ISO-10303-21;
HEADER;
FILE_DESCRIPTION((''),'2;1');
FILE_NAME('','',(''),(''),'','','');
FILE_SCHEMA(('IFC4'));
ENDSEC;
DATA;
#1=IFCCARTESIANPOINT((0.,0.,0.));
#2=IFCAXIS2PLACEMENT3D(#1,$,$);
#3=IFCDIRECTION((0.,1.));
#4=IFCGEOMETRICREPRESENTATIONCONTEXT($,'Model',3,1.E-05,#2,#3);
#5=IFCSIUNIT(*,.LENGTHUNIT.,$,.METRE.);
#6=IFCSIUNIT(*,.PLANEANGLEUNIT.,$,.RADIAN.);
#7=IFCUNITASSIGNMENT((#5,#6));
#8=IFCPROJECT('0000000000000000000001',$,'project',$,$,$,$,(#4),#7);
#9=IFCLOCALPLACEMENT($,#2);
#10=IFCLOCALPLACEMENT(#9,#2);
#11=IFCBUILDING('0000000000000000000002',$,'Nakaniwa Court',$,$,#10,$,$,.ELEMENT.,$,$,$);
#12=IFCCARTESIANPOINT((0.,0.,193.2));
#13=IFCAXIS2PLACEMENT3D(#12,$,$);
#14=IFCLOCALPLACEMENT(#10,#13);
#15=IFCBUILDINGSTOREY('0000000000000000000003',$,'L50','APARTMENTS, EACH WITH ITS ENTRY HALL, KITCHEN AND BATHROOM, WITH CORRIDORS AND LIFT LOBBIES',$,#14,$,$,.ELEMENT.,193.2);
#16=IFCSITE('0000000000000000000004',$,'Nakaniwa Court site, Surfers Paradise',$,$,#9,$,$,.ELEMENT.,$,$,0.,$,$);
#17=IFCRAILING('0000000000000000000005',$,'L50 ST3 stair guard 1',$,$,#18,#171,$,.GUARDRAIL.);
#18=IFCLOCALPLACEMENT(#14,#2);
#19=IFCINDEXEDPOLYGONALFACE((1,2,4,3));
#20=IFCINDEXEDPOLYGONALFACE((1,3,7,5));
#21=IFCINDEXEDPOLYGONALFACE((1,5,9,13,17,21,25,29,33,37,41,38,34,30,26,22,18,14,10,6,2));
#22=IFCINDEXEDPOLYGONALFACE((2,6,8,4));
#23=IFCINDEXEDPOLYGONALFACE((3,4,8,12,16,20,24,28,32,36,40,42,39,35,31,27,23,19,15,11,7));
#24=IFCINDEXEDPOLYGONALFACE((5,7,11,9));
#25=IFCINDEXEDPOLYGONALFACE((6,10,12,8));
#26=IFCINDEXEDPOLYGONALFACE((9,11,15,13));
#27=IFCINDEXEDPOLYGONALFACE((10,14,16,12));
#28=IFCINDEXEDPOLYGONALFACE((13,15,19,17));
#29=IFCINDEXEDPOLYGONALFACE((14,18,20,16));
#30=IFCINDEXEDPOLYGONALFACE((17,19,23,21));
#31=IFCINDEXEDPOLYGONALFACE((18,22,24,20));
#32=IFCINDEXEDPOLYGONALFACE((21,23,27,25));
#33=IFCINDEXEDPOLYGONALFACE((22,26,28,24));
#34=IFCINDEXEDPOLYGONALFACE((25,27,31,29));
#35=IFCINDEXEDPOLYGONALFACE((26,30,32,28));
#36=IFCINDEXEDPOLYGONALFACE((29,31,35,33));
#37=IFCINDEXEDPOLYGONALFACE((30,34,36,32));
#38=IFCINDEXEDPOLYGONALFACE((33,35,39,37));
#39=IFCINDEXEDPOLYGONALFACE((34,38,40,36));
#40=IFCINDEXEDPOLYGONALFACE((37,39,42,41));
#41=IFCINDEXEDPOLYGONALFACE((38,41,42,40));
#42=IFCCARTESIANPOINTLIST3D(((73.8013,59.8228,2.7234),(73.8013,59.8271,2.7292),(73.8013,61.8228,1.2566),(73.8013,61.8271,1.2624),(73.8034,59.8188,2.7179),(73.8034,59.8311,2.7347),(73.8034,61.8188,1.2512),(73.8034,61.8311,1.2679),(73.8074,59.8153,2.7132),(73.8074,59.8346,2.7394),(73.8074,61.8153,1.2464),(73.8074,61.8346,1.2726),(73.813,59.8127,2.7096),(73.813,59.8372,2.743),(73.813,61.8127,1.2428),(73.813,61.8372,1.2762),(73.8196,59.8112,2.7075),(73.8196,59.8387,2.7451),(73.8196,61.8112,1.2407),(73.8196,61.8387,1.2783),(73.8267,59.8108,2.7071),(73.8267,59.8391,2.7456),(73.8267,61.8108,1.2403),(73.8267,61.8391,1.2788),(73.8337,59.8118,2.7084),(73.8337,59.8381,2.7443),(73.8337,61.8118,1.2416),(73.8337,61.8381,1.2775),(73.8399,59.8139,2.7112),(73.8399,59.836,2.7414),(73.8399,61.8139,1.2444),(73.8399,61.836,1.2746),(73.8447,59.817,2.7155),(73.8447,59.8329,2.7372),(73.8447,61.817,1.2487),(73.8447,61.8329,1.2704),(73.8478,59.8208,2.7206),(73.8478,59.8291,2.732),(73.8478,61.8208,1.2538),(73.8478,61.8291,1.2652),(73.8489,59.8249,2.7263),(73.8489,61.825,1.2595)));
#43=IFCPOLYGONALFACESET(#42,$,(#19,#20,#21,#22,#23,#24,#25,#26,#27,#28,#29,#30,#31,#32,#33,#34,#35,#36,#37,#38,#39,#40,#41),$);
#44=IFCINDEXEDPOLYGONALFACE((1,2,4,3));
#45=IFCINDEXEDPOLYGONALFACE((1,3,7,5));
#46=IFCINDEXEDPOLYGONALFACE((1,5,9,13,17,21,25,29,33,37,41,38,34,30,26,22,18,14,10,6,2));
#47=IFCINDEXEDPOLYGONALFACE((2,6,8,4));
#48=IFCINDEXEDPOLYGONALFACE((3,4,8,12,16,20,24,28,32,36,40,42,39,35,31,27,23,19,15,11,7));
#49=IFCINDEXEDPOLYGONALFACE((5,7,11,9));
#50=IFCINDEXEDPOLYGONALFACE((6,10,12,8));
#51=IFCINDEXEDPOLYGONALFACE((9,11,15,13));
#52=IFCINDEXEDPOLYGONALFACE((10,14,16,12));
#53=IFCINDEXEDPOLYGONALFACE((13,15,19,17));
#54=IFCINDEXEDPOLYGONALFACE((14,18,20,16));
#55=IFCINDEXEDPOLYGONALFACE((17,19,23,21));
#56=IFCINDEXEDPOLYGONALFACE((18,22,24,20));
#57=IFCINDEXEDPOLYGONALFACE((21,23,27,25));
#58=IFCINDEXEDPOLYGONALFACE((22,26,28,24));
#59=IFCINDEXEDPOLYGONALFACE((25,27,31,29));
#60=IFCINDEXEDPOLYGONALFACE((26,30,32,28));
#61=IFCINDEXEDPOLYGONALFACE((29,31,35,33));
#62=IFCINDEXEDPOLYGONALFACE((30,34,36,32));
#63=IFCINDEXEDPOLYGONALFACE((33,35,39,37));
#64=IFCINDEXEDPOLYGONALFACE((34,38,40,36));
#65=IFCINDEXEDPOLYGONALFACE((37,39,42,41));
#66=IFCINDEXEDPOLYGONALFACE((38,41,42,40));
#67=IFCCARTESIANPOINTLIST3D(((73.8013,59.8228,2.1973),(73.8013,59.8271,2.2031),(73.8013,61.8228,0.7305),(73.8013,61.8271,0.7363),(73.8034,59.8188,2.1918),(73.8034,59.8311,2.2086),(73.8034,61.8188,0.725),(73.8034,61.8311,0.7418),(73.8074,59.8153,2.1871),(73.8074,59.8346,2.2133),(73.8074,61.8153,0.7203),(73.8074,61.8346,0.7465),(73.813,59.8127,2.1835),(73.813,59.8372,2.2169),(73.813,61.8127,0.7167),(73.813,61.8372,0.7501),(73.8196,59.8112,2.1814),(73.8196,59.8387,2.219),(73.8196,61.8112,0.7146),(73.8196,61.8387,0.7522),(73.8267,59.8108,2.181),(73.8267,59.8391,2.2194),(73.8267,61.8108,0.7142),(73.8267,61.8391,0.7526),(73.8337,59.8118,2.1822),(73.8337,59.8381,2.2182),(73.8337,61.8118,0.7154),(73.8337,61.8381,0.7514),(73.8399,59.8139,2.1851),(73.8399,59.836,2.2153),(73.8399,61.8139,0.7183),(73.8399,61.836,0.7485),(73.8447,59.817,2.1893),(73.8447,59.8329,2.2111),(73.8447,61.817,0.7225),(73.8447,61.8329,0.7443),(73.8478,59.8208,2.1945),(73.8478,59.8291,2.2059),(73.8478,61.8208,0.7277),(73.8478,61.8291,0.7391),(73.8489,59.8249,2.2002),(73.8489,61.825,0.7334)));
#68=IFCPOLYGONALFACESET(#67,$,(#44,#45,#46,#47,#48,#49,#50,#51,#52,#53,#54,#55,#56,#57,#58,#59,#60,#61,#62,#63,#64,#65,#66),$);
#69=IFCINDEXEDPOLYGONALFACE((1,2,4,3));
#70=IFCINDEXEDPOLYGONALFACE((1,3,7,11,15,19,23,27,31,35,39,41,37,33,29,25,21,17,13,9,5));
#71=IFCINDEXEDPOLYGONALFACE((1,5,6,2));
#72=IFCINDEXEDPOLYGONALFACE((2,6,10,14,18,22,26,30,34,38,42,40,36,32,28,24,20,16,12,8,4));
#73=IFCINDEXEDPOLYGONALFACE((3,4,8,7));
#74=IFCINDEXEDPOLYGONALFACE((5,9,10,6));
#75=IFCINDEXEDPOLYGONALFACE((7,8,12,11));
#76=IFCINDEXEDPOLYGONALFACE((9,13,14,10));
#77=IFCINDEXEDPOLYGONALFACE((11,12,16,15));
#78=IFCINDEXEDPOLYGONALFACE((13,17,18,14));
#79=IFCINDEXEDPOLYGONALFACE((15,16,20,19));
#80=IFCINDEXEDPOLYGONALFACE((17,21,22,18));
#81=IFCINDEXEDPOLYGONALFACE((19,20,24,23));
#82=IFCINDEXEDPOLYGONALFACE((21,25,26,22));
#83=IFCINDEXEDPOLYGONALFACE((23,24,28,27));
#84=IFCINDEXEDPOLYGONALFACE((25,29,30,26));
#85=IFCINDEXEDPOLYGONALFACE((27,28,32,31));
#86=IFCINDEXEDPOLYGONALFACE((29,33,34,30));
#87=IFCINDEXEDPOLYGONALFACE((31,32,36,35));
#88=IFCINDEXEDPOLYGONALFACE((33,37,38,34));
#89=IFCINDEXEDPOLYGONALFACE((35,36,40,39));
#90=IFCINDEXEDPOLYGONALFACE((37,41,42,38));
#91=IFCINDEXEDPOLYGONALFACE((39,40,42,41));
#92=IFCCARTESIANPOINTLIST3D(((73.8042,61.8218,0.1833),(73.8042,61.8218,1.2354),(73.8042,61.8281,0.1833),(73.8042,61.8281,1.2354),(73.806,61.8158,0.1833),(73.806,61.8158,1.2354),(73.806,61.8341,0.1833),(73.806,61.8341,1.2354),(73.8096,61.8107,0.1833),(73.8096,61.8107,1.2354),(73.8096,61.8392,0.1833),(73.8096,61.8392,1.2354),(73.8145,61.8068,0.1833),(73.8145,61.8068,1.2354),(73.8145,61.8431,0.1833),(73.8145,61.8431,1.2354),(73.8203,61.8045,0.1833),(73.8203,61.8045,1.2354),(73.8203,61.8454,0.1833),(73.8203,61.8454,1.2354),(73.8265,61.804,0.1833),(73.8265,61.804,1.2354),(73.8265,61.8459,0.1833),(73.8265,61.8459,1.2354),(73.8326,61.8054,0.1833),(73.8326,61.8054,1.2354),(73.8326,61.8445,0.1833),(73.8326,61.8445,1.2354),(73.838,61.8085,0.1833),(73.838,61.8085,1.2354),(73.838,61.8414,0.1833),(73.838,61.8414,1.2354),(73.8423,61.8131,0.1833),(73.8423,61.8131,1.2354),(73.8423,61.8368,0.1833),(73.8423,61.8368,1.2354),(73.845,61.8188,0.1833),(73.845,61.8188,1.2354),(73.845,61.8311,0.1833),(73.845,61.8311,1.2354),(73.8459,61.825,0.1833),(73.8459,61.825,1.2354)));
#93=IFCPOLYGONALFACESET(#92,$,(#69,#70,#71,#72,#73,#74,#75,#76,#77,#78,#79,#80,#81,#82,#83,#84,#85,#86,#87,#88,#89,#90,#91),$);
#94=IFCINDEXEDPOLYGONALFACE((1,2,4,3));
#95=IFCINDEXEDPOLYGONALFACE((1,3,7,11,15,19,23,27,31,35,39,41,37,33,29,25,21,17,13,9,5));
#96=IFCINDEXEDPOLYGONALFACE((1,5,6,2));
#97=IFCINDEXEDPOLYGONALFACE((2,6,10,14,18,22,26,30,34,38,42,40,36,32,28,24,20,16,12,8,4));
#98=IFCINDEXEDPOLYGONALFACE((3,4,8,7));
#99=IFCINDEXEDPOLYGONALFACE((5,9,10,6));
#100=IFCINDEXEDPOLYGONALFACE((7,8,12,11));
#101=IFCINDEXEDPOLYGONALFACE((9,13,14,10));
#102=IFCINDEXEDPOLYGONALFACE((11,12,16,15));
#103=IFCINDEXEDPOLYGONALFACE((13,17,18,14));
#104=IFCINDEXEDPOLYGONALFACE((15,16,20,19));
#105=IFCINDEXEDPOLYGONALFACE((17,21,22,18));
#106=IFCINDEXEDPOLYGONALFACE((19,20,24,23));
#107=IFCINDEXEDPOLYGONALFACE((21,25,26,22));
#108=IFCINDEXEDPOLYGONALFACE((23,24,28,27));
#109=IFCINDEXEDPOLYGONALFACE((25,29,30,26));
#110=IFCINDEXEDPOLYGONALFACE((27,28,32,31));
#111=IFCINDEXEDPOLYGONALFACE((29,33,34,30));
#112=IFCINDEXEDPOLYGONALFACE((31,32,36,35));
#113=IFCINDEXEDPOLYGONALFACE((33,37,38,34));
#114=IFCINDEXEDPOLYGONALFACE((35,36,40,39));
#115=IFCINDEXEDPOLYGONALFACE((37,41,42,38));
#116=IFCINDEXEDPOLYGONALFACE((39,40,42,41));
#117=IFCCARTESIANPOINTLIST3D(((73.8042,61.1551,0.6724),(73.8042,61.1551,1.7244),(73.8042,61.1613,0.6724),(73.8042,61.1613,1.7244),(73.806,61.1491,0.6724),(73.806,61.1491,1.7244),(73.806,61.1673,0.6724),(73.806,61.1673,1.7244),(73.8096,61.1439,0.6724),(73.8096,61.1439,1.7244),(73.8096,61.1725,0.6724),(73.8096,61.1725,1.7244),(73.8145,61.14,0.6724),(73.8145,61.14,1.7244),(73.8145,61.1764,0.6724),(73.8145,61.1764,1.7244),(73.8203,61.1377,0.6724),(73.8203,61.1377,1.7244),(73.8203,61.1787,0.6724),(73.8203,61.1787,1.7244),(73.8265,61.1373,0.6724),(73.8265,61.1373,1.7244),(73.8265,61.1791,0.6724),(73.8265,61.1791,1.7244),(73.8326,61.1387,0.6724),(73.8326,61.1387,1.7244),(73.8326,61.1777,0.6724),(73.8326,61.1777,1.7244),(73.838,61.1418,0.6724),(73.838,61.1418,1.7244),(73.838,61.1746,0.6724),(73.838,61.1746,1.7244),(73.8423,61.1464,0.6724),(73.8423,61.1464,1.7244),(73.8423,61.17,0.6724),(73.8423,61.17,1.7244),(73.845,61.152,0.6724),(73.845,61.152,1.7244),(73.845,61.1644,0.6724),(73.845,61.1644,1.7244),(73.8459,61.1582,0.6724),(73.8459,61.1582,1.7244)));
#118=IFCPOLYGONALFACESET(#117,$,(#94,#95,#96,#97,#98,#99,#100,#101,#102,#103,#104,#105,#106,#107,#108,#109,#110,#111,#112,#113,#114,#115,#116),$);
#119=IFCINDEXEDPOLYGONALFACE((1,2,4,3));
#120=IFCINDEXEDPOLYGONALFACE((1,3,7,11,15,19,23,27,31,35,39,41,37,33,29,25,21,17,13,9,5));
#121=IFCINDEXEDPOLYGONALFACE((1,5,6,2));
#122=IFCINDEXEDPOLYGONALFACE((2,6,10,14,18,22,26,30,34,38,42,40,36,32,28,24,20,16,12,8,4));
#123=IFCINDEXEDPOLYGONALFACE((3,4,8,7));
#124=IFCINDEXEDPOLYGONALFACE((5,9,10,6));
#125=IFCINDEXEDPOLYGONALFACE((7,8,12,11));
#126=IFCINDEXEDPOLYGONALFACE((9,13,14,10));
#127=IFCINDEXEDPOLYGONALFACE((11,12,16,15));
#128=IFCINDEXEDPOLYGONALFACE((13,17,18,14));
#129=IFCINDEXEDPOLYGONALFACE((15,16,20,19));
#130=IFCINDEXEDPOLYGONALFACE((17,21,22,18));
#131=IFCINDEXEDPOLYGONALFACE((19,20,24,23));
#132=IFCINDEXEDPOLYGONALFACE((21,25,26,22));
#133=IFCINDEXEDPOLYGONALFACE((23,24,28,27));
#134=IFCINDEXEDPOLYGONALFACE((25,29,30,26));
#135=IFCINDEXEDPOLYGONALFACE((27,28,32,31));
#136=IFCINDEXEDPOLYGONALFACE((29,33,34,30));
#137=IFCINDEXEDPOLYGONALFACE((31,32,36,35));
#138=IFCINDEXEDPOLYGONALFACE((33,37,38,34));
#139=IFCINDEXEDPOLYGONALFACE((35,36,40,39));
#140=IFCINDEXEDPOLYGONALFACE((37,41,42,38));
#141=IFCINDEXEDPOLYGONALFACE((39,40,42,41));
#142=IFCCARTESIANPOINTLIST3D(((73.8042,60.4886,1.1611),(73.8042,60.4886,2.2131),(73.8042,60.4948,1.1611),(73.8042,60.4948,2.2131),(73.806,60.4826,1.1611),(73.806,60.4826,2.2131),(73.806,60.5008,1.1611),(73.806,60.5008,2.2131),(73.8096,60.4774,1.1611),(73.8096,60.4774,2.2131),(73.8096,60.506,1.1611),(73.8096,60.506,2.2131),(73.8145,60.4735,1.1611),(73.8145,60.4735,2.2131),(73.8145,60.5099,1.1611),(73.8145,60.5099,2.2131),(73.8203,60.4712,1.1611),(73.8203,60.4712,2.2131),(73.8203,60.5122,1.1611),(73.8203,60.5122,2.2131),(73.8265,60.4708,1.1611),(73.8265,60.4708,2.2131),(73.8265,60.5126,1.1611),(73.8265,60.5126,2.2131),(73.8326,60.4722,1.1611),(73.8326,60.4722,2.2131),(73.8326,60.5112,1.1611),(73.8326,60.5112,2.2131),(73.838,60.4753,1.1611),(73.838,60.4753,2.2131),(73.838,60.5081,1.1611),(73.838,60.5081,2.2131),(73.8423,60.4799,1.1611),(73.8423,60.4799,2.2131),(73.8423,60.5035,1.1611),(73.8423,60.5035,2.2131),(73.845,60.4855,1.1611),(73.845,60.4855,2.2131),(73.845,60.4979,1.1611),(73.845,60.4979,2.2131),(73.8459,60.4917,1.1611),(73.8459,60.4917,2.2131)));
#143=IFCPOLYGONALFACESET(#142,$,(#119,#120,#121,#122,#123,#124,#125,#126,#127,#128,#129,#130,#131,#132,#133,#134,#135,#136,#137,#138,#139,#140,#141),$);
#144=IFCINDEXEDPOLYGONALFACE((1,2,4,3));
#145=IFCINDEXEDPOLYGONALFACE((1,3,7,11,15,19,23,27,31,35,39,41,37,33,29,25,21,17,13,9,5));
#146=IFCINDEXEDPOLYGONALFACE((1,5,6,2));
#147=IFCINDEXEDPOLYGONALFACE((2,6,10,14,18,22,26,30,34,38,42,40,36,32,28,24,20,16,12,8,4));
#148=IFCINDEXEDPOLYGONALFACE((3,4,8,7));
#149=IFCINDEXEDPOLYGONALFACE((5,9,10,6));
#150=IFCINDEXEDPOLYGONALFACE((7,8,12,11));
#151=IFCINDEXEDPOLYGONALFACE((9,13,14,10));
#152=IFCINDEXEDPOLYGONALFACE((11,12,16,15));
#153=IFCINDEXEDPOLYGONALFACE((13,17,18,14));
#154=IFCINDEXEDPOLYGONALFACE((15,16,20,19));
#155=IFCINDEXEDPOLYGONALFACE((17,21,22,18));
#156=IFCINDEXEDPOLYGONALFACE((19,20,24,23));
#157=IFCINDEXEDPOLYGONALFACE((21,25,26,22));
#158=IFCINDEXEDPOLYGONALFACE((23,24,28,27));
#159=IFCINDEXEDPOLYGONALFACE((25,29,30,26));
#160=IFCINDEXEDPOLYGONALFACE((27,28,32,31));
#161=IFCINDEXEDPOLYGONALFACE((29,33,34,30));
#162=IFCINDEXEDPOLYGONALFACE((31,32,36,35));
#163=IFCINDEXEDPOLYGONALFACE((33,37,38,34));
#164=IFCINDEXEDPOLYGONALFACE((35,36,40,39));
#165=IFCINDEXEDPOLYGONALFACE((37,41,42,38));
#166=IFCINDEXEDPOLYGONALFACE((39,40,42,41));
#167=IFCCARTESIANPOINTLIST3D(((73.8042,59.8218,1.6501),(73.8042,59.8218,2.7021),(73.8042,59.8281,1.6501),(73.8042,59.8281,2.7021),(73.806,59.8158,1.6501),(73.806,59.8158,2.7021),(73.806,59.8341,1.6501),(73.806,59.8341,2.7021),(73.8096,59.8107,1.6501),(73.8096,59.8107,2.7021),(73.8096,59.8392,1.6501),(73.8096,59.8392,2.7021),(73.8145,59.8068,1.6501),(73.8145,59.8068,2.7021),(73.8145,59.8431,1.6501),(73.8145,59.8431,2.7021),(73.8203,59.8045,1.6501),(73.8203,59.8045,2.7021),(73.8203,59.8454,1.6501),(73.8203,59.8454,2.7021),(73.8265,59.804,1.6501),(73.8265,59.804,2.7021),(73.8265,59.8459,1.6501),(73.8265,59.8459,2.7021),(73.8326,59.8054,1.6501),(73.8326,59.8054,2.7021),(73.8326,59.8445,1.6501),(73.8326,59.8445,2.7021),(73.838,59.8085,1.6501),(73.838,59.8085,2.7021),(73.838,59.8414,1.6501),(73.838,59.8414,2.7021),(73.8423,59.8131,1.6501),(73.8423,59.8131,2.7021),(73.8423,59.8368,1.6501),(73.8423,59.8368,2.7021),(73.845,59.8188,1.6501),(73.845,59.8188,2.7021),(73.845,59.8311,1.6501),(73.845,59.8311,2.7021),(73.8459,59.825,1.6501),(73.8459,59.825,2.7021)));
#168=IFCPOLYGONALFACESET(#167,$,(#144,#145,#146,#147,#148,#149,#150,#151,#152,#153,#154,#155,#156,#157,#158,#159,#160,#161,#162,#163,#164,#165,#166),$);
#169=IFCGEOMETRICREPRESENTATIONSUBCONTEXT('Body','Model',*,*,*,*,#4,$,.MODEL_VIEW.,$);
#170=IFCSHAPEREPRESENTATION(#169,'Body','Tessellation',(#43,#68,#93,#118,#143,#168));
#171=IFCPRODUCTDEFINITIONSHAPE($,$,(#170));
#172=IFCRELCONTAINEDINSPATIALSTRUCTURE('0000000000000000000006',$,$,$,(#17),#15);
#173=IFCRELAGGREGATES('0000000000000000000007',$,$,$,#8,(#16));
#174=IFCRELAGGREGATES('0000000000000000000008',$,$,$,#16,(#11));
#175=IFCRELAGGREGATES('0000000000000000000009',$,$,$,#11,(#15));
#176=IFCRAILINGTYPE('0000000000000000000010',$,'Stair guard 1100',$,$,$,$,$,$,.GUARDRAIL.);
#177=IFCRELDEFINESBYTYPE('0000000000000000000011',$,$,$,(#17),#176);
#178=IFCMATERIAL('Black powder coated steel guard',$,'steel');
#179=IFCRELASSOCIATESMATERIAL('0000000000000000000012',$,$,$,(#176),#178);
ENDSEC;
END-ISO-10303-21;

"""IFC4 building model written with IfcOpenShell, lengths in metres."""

from ifc_helpers import new_model, si_unit, direction, frame, origin, origin_2d, place, context, subcontext, project, spatial, circle, extrude, material, type_object, element, save


model = new_model("IFC4")

# Units and contexts
model_context = context("Model", 3, precision=1e-05, world=origin(), true_north=direction((0.0, 1.0)))
body_context = subcontext(model_context, "Body", "Model", "MODEL_VIEW")
ifc_project = project(units=[si_unit("LENGTHUNIT", "METRE"), si_unit("PLANEANGLEUNIT", "RADIAN")], contexts=[model_context])

# Site, building, storey
site_placement = place(None, origin())
site = spatial("IfcSite", under=ifc_project, at=site_placement, Name="Nakaniwa Court site, Surfers Paradise", CompositionType="ELEMENT", RefElevation=0.0)
building_placement = place(site_placement, origin())
building = spatial("IfcBuilding", under=site, at=building_placement, Name="Nakaniwa Court", CompositionType="ELEMENT")
storey_placement = place(building_placement, frame((0.0, 0.0, 193.2)))
storey = spatial("IfcBuildingStorey", under=building, at=storey_placement, Name="L50", Description="APARTMENTS, EACH WITH ITS ENTRY HALL, KITCHEN AND BATHROOM, WITH CORRIDORS AND LIFT LOBBIES", CompositionType="ELEMENT", Elevation=193.2)

# Railing
ifc_material_1 = material(Name="Black powder coated steel guard", Category="steel")
railing_type_1 = type_object("IfcRailingType", Name="Stair guard 1100", PredefinedType="GUARDRAIL", material=ifc_material_1)
railing_1_placement = place(storey_placement, frame((73.825, 61.825, 0.1833)))
element("IfcRailing", 1, at=railing_1_placement, inside=storey, type_object=railing_type_1, Name="L50 ST3 stair guard 1", PredefinedType="GUARDRAIL", context=body_context, shape_type="SweptSolid", body=[
    extrude(circle(Radius=0.0239, at=origin_2d()), frame((0.0, 0.0, 1.0762), z_axis=(0.0, -0.80638, 0.591398), x_axis=(1.0, 0.0, 0.0)), (0.0, 0.0, 1.0), 2.4802),
    extrude(circle(Radius=0.0239, at=origin_2d()), frame((0.0, 0.0, 0.55), z_axis=(0.0, -0.80638, 0.591398), x_axis=(1.0, 0.0, 0.0)), (0.0, 0.0, 1.0), 2.4802),
    extrude(circle(Radius=0.021, at=origin_2d()), origin(), (0.0, 0.0, 1.0), 1.052),
    extrude(circle(Radius=0.021, at=origin_2d()), frame((0.0, -0.6667, 0.489)), (0.0, 0.0, 1.0), 1.052),
    extrude(circle(Radius=0.021, at=origin_2d()), frame((0.0, -1.3333, 0.9778)), (0.0, 0.0, 1.0), 1.052),
    extrude(circle(Radius=0.021, at=origin_2d()), frame((0.0, -2.0, 1.4668)), (0.0, 0.0, 1.0), 1.052),
])

save(model, "model.ifc")
